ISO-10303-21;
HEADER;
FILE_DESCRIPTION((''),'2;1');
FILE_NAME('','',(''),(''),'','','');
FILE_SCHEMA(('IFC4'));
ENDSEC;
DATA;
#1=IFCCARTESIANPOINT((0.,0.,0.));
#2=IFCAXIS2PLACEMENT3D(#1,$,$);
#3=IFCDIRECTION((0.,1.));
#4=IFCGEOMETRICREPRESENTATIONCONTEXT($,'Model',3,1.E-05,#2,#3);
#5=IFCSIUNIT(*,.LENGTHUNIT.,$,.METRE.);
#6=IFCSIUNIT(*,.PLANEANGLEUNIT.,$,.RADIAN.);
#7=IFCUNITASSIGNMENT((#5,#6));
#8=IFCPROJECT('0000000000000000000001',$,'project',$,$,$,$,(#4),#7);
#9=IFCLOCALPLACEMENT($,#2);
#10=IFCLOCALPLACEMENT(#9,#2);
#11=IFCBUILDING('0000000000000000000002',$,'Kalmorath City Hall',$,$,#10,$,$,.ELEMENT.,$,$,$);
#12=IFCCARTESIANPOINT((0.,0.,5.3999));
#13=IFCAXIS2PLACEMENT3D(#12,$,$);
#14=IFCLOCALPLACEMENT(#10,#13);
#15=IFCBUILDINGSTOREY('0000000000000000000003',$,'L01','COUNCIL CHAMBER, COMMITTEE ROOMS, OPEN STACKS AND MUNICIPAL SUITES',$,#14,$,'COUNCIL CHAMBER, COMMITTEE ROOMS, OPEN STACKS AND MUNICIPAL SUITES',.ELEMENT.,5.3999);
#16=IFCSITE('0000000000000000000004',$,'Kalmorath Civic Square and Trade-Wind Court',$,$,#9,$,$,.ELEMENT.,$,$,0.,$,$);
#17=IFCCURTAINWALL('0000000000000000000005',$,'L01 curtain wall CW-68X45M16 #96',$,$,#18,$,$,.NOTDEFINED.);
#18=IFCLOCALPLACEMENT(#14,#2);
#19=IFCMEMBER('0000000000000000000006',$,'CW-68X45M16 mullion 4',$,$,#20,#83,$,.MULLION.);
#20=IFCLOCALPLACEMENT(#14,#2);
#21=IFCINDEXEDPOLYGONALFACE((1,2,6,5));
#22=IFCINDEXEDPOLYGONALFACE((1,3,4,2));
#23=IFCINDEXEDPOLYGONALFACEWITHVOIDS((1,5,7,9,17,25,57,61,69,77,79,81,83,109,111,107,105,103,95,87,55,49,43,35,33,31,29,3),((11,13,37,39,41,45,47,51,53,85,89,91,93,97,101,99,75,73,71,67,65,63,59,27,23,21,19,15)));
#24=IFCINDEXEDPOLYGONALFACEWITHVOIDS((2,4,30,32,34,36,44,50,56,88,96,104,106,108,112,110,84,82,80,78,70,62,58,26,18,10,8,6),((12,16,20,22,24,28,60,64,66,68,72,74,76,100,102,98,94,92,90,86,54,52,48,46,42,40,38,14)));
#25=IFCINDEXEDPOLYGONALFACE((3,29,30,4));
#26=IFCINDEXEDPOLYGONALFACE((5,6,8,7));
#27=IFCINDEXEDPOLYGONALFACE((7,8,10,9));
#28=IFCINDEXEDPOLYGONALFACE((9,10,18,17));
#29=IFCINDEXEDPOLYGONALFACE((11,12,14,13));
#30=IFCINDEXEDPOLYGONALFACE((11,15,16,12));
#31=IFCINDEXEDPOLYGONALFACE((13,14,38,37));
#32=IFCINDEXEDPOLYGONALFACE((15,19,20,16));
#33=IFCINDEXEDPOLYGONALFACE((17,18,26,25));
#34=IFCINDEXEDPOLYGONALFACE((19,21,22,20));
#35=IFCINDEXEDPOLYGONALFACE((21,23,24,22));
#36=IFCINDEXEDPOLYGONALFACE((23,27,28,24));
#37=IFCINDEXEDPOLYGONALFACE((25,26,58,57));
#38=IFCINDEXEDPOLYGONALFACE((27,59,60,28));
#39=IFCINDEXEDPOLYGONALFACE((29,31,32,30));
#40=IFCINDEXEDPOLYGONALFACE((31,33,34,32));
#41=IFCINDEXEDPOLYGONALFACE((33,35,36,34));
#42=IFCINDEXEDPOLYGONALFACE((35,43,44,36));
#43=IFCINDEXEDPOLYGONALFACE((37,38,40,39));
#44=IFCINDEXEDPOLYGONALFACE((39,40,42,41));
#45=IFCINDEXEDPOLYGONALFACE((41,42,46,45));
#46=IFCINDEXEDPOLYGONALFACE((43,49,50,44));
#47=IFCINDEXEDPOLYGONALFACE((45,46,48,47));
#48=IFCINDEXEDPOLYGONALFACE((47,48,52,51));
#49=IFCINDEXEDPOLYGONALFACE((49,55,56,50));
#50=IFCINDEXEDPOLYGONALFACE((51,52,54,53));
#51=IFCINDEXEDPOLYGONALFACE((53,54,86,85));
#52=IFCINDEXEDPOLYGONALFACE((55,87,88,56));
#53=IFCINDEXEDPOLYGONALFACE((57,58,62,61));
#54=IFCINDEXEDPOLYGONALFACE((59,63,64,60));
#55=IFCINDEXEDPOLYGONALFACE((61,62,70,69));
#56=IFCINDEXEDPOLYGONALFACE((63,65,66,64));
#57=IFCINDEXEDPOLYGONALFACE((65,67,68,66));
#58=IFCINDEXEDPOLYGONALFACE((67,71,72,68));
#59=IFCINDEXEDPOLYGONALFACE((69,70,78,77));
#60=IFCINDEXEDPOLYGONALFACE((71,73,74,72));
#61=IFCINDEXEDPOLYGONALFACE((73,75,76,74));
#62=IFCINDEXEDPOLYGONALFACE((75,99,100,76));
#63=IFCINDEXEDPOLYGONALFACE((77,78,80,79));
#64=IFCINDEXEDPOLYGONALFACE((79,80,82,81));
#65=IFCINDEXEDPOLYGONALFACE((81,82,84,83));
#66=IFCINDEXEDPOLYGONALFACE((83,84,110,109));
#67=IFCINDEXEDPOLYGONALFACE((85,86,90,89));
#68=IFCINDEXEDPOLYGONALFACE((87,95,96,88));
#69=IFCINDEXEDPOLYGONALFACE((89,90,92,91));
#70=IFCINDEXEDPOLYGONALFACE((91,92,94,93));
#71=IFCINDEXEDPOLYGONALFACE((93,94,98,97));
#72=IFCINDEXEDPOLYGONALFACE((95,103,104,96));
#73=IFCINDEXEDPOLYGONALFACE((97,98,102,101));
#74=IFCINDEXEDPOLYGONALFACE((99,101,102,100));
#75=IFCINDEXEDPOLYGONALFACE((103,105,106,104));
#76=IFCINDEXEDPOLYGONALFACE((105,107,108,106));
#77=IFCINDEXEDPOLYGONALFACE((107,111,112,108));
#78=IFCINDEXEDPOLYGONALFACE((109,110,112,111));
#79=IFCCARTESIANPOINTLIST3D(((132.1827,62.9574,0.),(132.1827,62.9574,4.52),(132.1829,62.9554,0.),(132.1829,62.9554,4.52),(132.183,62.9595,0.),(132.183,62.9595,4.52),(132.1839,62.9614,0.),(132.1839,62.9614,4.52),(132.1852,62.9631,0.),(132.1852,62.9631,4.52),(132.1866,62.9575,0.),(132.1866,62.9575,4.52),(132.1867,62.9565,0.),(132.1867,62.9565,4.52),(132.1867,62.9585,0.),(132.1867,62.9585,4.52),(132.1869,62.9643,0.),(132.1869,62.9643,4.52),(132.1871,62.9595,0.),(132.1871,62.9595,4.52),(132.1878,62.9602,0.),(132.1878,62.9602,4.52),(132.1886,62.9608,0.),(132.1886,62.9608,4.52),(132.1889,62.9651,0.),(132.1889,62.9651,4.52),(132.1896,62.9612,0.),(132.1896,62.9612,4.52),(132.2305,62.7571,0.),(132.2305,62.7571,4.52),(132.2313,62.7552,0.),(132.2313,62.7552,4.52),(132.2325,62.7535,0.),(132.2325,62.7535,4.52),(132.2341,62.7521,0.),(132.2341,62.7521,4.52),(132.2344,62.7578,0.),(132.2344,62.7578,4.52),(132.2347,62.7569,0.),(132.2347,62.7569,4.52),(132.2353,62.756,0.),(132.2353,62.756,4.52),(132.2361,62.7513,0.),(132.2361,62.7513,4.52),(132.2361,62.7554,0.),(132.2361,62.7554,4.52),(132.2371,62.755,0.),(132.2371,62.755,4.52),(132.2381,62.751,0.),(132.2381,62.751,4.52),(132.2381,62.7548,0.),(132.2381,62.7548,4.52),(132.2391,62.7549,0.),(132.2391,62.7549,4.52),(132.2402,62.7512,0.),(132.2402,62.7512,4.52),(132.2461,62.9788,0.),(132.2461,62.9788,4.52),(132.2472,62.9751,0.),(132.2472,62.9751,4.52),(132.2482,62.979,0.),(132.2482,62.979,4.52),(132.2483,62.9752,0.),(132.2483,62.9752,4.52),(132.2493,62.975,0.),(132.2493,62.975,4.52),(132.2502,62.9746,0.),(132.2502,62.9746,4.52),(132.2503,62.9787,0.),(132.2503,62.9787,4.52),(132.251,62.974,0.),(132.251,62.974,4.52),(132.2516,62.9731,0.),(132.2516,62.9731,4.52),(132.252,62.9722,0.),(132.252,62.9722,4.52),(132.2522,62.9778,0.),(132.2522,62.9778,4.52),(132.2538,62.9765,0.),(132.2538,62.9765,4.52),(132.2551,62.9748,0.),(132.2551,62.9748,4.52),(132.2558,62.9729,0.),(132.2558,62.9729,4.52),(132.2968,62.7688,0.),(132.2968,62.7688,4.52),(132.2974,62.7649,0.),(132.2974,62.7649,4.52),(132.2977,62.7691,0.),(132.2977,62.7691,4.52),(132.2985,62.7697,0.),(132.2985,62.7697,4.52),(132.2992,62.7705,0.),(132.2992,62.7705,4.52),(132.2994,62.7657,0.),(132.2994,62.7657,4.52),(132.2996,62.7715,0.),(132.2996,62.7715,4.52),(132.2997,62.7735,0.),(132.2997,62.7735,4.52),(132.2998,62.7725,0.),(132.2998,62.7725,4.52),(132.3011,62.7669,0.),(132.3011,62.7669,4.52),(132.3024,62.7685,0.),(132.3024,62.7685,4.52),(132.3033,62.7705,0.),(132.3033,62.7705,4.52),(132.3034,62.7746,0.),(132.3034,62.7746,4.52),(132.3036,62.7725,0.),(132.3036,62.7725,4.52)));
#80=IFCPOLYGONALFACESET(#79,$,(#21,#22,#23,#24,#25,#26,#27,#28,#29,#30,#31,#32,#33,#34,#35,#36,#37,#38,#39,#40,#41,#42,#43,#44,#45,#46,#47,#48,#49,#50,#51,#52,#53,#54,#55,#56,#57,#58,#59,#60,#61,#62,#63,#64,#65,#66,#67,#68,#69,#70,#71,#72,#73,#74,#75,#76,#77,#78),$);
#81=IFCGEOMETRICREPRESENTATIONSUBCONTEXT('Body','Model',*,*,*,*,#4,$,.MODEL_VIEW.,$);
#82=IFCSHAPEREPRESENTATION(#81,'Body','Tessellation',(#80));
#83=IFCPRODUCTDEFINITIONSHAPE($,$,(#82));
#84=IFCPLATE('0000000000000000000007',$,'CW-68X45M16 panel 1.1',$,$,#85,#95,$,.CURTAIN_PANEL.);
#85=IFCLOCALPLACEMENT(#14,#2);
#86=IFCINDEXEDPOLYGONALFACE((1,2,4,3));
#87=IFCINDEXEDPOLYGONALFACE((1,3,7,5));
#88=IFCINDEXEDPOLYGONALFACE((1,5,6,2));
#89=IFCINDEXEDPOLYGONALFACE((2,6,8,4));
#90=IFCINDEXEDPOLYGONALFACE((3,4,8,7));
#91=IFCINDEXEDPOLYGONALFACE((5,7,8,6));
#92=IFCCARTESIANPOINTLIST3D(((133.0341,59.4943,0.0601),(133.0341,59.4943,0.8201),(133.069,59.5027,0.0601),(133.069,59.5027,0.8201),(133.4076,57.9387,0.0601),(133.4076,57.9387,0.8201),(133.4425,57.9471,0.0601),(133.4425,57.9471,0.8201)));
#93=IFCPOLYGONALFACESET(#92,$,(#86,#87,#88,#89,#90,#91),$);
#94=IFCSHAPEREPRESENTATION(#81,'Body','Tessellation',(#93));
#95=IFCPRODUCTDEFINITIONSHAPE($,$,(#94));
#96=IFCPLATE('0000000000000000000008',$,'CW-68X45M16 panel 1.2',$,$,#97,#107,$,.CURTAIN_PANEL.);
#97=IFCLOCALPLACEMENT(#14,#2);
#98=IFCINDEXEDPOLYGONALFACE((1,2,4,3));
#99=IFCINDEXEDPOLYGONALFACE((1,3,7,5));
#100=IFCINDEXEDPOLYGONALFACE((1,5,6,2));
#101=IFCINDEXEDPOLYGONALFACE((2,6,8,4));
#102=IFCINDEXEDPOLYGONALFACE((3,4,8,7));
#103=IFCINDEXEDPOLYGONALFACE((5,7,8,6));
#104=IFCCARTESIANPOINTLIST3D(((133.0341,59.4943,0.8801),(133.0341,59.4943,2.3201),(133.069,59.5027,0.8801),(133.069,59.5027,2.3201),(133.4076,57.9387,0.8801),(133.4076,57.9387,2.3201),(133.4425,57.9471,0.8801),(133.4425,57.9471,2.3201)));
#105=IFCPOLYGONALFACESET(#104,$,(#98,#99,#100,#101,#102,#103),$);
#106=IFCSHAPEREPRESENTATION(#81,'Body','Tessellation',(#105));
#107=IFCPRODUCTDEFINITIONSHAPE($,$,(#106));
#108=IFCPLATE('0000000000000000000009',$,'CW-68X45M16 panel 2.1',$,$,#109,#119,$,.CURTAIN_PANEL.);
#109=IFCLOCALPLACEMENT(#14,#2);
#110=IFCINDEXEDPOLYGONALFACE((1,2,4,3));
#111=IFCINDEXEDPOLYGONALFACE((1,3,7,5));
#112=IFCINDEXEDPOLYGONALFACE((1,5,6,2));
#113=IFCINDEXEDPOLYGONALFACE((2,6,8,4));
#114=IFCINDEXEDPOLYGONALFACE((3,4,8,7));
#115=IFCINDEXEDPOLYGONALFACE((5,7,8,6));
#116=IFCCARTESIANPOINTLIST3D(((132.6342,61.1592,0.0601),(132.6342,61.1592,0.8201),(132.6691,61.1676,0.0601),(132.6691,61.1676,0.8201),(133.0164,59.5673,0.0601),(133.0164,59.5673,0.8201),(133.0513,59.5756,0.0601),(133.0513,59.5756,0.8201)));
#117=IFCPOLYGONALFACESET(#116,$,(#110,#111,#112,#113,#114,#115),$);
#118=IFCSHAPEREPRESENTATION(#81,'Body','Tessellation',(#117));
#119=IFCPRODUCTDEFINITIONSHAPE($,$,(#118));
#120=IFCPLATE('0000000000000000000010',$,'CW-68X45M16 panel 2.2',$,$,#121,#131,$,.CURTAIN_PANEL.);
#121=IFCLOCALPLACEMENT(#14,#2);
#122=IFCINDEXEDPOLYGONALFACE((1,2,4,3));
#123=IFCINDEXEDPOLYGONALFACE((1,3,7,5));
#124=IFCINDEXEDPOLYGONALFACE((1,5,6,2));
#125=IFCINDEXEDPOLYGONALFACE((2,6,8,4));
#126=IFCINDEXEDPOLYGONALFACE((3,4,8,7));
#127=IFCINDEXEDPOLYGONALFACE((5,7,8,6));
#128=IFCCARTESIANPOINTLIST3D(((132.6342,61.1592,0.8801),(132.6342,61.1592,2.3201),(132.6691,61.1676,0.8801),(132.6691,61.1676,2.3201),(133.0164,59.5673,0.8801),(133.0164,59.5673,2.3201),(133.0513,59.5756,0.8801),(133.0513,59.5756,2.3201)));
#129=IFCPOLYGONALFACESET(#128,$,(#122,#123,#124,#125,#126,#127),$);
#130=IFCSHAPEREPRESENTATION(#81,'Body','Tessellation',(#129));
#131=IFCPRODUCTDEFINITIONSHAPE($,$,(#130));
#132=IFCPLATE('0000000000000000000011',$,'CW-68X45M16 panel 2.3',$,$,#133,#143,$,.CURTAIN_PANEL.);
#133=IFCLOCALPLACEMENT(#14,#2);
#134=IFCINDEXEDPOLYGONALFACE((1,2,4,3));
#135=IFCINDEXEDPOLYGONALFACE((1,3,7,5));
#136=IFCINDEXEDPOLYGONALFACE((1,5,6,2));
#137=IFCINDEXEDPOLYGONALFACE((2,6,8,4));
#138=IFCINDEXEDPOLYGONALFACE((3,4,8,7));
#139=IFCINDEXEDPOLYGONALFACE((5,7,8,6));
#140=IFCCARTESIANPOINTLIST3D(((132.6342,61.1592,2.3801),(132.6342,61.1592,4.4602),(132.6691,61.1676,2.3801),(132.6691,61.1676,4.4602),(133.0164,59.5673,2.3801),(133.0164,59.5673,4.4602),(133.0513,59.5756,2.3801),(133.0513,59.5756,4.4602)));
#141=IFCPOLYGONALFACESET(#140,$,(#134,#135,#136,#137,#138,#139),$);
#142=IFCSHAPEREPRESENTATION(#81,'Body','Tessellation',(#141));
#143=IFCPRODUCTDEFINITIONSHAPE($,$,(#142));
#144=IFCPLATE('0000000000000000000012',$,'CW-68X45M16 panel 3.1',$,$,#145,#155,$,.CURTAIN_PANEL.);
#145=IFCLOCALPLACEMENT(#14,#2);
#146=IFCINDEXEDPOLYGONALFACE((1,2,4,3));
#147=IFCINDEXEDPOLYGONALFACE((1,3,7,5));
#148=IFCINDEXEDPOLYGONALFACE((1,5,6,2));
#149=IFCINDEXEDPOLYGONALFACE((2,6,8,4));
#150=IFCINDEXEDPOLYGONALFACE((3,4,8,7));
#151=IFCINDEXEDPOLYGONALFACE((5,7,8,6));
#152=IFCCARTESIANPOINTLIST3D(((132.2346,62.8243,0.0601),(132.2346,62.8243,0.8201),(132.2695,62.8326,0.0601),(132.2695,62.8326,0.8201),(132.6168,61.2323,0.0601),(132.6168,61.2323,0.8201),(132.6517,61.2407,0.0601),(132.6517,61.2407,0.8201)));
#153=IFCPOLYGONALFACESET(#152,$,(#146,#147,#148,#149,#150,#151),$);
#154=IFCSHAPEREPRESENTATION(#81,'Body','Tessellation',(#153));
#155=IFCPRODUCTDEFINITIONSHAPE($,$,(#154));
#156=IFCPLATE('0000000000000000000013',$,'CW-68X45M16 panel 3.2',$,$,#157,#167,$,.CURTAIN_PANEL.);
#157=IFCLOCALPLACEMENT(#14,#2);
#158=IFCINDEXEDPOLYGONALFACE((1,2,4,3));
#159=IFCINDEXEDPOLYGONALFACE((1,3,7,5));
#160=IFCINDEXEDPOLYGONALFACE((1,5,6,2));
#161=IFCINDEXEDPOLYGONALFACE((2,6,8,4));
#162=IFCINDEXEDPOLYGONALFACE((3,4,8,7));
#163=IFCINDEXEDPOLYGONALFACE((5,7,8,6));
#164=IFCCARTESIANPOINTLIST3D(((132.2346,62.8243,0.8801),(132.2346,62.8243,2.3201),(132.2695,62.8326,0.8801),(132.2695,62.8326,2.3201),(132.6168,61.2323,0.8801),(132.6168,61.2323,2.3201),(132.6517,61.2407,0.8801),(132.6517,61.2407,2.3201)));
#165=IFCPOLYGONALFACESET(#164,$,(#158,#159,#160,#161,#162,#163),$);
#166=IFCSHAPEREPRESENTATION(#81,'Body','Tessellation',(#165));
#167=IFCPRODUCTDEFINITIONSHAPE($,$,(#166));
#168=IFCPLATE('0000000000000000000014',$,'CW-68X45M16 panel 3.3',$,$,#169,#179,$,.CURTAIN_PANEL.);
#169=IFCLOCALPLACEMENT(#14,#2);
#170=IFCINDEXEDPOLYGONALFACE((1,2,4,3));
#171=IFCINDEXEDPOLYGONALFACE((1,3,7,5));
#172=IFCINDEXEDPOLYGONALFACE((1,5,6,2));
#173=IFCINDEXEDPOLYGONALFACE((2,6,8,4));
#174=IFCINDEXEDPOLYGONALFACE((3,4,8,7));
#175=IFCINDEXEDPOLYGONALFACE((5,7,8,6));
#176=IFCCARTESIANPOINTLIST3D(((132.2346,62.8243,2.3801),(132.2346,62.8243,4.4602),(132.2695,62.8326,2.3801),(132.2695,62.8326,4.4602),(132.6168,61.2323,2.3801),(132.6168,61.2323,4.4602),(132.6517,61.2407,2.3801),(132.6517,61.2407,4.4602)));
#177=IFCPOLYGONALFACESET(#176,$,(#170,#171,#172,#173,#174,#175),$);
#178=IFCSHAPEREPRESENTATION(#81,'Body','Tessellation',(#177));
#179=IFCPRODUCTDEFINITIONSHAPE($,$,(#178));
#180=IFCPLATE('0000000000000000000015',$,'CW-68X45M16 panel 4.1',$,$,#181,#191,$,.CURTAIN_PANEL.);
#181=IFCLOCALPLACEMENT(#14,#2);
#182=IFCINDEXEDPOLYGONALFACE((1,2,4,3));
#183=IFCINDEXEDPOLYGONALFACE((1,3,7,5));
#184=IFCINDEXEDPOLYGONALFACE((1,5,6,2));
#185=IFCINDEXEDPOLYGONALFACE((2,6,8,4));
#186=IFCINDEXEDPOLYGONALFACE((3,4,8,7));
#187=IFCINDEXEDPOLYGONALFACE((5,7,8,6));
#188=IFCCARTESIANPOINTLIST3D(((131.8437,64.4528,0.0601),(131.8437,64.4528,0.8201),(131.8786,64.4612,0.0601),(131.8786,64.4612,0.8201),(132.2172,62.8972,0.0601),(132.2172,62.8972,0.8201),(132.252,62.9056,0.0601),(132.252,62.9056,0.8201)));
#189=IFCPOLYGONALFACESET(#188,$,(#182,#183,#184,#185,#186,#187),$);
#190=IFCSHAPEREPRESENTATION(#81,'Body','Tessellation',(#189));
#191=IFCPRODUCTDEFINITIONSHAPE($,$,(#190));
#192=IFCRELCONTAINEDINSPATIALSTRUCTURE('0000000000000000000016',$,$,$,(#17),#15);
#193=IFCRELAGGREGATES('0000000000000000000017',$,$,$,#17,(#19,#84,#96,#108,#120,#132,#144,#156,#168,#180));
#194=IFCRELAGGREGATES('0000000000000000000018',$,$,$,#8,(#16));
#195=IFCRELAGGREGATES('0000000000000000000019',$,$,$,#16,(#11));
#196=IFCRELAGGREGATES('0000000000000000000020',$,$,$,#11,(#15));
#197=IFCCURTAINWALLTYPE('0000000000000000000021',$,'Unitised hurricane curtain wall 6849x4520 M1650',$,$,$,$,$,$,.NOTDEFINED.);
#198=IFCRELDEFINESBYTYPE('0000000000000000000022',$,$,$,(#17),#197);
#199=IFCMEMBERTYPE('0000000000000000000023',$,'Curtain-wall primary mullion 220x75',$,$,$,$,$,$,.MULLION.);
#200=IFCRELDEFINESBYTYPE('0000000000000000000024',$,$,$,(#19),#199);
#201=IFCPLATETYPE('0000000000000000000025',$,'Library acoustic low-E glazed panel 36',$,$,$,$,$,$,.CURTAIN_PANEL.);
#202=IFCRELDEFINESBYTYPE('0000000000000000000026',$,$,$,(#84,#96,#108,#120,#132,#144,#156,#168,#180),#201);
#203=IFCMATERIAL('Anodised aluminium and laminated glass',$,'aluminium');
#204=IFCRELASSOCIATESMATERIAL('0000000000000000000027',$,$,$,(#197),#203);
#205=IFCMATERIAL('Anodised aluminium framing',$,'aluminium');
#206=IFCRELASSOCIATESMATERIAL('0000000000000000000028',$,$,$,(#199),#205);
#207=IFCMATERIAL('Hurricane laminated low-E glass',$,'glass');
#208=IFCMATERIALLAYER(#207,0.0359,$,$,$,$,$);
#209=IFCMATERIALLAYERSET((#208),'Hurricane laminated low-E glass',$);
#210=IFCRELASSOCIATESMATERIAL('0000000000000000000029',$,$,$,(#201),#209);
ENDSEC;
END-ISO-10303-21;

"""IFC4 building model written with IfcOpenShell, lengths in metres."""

from ifc_helpers import new_model, si_unit, direction, frame, origin, origin_2d, place, context, subcontext, project, spatial, rectangle, hollow_rectangle, extrude, material, layer, layer_set, material_profile, profile_set, type_object, element, aggregate, save


model = new_model("IFC4")

# Units and contexts
model_context = context("Model", 3, precision=1e-05, world=origin(), true_north=direction((0.0, 1.0)))
body_context = subcontext(model_context, "Body", "Model", "MODEL_VIEW")
ifc_project = project(units=[si_unit("LENGTHUNIT", "METRE"), si_unit("PLANEANGLEUNIT", "RADIAN")], contexts=[model_context])

# Site, building, storey
site_placement = place(None, origin())
site = spatial("IfcSite", under=ifc_project, at=site_placement, Name="Kalmorath Civic Square and Trade-Wind Court", CompositionType="ELEMENT", RefElevation=0.0)
building_placement = place(site_placement, origin())
building = spatial("IfcBuilding", under=site, at=building_placement, Name="Kalmorath City Hall", CompositionType="ELEMENT")
storey_placement = place(building_placement, frame((0.0, 0.0, 5.3999)))
storey = spatial("IfcBuildingStorey", under=building, at=storey_placement, Name="L01", Description="COUNCIL CHAMBER, COMMITTEE ROOMS, OPEN STACKS AND MUNICIPAL SUITES", LongName="COUNCIL CHAMBER, COMMITTEE ROOMS, OPEN STACKS AND MUNICIPAL SUITES", CompositionType="ELEMENT", Elevation=5.3999)

# Curtain wall, member, plates
ifc_material_1 = material(Name="Anodised aluminium and laminated glass", Category="aluminium")
curtain_wall_type = type_object("IfcCurtainWallType", Name="Unitised hurricane curtain wall 6849x4520 M1650", PredefinedType="NOTDEFINED", material=ifc_material_1)
curtain_wall_placement = place(storey_placement, origin())
curtain_wall = element("IfcCurtainWall", 1, at=curtain_wall_placement, inside=storey, type_object=curtain_wall_type, Name="L01 curtain wall CW-68X45M16 #96", PredefinedType="NOTDEFINED")
ifc_material_2 = material(Name="Anodised aluminium framing", Category="aluminium")
ifc_material_profile_1 = material_profile(ifc_material_2, hollow_rectangle(XDim=0.075, YDim=0.22, WallThickness=0.0039, InnerFilletRadius=0.0039, OuterFilletRadius=0.0081, at=origin_2d()), Name="ALU-MUL-220X75X4")
ifc_profile_set_1 = profile_set([ifc_material_profile_1], Name="Anodised aluminium framing")
member_type_1 = type_object("IfcMemberType", Name="Curtain-wall primary mullion 220x75", PredefinedType="MULLION", material=ifc_profile_set_1)
member_1_placement = place(storey_placement, frame((132.2432, 62.865, 0.0), z_axis=(0.0, 0.0, 1.0), x_axis=(-0.972367, -0.233456, 0.0)))
member_1 = element("IfcMember", 2, at=member_1_placement, type_object=member_type_1, Name="CW-68X45M16 mullion 4", PredefinedType="MULLION", context=body_context, shape_type="SweptSolid", body=[
    extrude(hollow_rectangle(XDim=0.075, YDim=0.22, WallThickness=0.0039, InnerFilletRadius=0.0039, OuterFilletRadius=0.0081, at=origin_2d()), origin(), (0.0, 0.0, 1.0), 4.52),
])
ifc_material_3 = material(Name="Hurricane laminated low-E glass", Category="glass")
ifc_layer_1 = layer(ifc_material_3, 0.0359)
ifc_layer_set_1 = layer_set([ifc_layer_1], Name="Hurricane laminated low-E glass")
plate_type = type_object("IfcPlateType", Name="Library acoustic low-E glazed panel 36", PredefinedType="CURTAIN_PANEL", material=ifc_layer_set_1)
plate_1_placement = place(storey_placement, frame((133.2383, 58.7207, 0.0601), z_axis=(0.0, 0.0, 1.0), x_axis=(-0.233456, 0.972367, 0.0)))
plate_1 = element("IfcPlate", 3, at=plate_1_placement, type_object=plate_type, Name="CW-68X45M16 panel 1.1", PredefinedType="CURTAIN_PANEL", context=body_context, shape_type="SweptSolid", body=[
    extrude(rectangle(XDim=1.5999, YDim=0.0359, at=origin_2d()), origin(), (0.0, 0.0, 1.0), 0.76),
])
plate_2_placement = place(storey_placement, frame((133.2383, 58.7207, 0.8801), z_axis=(0.0, 0.0, 1.0), x_axis=(-0.233456, 0.972367, 0.0)))
plate_2 = element("IfcPlate", 4, at=plate_2_placement, type_object=plate_type, Name="CW-68X45M16 panel 1.2", PredefinedType="CURTAIN_PANEL", context=body_context, shape_type="SweptSolid", body=[
    extrude(rectangle(XDim=1.5999, YDim=0.0359, at=origin_2d()), origin(), (0.0, 0.0, 1.0), 1.4399),
])
plate_3_placement = place(storey_placement, frame((132.8428, 60.3674, 0.0601), z_axis=(0.0, 0.0, 1.0), x_axis=(-0.233456, 0.972367, 0.0)))
plate_3 = element("IfcPlate", 5, at=plate_3_placement, type_object=plate_type, Name="CW-68X45M16 panel 2.1", PredefinedType="CURTAIN_PANEL", context=body_context, shape_type="SweptSolid", body=[
    extrude(rectangle(XDim=1.6372, YDim=0.0359, at=origin_2d()), origin(), (0.0, 0.0, 1.0), 0.76),
])
plate_4_placement = place(storey_placement, frame((132.8428, 60.3674, 0.8801), z_axis=(0.0, 0.0, 1.0), x_axis=(-0.233456, 0.972367, 0.0)))
plate_4 = element("IfcPlate", 6, at=plate_4_placement, type_object=plate_type, Name="CW-68X45M16 panel 2.2", PredefinedType="CURTAIN_PANEL", context=body_context, shape_type="SweptSolid", body=[
    extrude(rectangle(XDim=1.6372, YDim=0.0359, at=origin_2d()), origin(), (0.0, 0.0, 1.0), 1.4399),
])
plate_5_placement = place(storey_placement, frame((132.8428, 60.3674, 2.3801), z_axis=(0.0, 0.0, 1.0), x_axis=(-0.233456, 0.972367, 0.0)))
plate_5 = element("IfcPlate", 7, at=plate_5_placement, type_object=plate_type, Name="CW-68X45M16 panel 2.3", PredefinedType="CURTAIN_PANEL", context=body_context, shape_type="SweptSolid", body=[
    extrude(rectangle(XDim=1.6372, YDim=0.0359, at=origin_2d()), origin(), (0.0, 0.0, 1.0), 2.0801),
])
plate_6_placement = place(storey_placement, frame((132.4431, 62.0325, 0.0601), z_axis=(0.0, 0.0, 1.0), x_axis=(-0.233456, 0.972367, 0.0)))
plate_6 = element("IfcPlate", 8, at=plate_6_placement, type_object=plate_type, Name="CW-68X45M16 panel 3.1", PredefinedType="CURTAIN_PANEL", context=body_context, shape_type="SweptSolid", body=[
    extrude(rectangle(XDim=1.6372, YDim=0.0359, at=origin_2d()), origin(), (0.0, 0.0, 1.0), 0.76),
])
plate_7_placement = place(storey_placement, frame((132.4431, 62.0325, 0.8801), z_axis=(0.0, 0.0, 1.0), x_axis=(-0.233456, 0.972367, 0.0)))
plate_7 = element("IfcPlate", 9, at=plate_7_placement, type_object=plate_type, Name="CW-68X45M16 panel 3.2", PredefinedType="CURTAIN_PANEL", context=body_context, shape_type="SweptSolid", body=[
    extrude(rectangle(XDim=1.6372, YDim=0.0359, at=origin_2d()), origin(), (0.0, 0.0, 1.0), 1.4399),
])
plate_8_placement = place(storey_placement, frame((132.4431, 62.0325, 2.3801), z_axis=(0.0, 0.0, 1.0), x_axis=(-0.233456, 0.972367, 0.0)))
plate_8 = element("IfcPlate", 10, at=plate_8_placement, type_object=plate_type, Name="CW-68X45M16 panel 3.3", PredefinedType="CURTAIN_PANEL", context=body_context, shape_type="SweptSolid", body=[
    extrude(rectangle(XDim=1.6372, YDim=0.0359, at=origin_2d()), origin(), (0.0, 0.0, 1.0), 2.0801),
])
plate_9_placement = place(storey_placement, frame((132.0479, 63.6792, 0.0601), z_axis=(0.0, 0.0, 1.0), x_axis=(-0.233456, 0.972367, 0.0)))
plate_9 = element("IfcPlate", 11, at=plate_9_placement, type_object=plate_type, Name="CW-68X45M16 panel 4.1", PredefinedType="CURTAIN_PANEL", context=body_context, shape_type="SweptSolid", body=[
    extrude(rectangle(XDim=1.5999, YDim=0.0359, at=origin_2d()), origin(), (0.0, 0.0, 1.0), 0.76),
])
aggregate(curtain_wall, [member_1, plate_1, plate_2, plate_3, plate_4, plate_5, plate_6, plate_7, plate_8, plate_9])

save(model, "model.ifc")
